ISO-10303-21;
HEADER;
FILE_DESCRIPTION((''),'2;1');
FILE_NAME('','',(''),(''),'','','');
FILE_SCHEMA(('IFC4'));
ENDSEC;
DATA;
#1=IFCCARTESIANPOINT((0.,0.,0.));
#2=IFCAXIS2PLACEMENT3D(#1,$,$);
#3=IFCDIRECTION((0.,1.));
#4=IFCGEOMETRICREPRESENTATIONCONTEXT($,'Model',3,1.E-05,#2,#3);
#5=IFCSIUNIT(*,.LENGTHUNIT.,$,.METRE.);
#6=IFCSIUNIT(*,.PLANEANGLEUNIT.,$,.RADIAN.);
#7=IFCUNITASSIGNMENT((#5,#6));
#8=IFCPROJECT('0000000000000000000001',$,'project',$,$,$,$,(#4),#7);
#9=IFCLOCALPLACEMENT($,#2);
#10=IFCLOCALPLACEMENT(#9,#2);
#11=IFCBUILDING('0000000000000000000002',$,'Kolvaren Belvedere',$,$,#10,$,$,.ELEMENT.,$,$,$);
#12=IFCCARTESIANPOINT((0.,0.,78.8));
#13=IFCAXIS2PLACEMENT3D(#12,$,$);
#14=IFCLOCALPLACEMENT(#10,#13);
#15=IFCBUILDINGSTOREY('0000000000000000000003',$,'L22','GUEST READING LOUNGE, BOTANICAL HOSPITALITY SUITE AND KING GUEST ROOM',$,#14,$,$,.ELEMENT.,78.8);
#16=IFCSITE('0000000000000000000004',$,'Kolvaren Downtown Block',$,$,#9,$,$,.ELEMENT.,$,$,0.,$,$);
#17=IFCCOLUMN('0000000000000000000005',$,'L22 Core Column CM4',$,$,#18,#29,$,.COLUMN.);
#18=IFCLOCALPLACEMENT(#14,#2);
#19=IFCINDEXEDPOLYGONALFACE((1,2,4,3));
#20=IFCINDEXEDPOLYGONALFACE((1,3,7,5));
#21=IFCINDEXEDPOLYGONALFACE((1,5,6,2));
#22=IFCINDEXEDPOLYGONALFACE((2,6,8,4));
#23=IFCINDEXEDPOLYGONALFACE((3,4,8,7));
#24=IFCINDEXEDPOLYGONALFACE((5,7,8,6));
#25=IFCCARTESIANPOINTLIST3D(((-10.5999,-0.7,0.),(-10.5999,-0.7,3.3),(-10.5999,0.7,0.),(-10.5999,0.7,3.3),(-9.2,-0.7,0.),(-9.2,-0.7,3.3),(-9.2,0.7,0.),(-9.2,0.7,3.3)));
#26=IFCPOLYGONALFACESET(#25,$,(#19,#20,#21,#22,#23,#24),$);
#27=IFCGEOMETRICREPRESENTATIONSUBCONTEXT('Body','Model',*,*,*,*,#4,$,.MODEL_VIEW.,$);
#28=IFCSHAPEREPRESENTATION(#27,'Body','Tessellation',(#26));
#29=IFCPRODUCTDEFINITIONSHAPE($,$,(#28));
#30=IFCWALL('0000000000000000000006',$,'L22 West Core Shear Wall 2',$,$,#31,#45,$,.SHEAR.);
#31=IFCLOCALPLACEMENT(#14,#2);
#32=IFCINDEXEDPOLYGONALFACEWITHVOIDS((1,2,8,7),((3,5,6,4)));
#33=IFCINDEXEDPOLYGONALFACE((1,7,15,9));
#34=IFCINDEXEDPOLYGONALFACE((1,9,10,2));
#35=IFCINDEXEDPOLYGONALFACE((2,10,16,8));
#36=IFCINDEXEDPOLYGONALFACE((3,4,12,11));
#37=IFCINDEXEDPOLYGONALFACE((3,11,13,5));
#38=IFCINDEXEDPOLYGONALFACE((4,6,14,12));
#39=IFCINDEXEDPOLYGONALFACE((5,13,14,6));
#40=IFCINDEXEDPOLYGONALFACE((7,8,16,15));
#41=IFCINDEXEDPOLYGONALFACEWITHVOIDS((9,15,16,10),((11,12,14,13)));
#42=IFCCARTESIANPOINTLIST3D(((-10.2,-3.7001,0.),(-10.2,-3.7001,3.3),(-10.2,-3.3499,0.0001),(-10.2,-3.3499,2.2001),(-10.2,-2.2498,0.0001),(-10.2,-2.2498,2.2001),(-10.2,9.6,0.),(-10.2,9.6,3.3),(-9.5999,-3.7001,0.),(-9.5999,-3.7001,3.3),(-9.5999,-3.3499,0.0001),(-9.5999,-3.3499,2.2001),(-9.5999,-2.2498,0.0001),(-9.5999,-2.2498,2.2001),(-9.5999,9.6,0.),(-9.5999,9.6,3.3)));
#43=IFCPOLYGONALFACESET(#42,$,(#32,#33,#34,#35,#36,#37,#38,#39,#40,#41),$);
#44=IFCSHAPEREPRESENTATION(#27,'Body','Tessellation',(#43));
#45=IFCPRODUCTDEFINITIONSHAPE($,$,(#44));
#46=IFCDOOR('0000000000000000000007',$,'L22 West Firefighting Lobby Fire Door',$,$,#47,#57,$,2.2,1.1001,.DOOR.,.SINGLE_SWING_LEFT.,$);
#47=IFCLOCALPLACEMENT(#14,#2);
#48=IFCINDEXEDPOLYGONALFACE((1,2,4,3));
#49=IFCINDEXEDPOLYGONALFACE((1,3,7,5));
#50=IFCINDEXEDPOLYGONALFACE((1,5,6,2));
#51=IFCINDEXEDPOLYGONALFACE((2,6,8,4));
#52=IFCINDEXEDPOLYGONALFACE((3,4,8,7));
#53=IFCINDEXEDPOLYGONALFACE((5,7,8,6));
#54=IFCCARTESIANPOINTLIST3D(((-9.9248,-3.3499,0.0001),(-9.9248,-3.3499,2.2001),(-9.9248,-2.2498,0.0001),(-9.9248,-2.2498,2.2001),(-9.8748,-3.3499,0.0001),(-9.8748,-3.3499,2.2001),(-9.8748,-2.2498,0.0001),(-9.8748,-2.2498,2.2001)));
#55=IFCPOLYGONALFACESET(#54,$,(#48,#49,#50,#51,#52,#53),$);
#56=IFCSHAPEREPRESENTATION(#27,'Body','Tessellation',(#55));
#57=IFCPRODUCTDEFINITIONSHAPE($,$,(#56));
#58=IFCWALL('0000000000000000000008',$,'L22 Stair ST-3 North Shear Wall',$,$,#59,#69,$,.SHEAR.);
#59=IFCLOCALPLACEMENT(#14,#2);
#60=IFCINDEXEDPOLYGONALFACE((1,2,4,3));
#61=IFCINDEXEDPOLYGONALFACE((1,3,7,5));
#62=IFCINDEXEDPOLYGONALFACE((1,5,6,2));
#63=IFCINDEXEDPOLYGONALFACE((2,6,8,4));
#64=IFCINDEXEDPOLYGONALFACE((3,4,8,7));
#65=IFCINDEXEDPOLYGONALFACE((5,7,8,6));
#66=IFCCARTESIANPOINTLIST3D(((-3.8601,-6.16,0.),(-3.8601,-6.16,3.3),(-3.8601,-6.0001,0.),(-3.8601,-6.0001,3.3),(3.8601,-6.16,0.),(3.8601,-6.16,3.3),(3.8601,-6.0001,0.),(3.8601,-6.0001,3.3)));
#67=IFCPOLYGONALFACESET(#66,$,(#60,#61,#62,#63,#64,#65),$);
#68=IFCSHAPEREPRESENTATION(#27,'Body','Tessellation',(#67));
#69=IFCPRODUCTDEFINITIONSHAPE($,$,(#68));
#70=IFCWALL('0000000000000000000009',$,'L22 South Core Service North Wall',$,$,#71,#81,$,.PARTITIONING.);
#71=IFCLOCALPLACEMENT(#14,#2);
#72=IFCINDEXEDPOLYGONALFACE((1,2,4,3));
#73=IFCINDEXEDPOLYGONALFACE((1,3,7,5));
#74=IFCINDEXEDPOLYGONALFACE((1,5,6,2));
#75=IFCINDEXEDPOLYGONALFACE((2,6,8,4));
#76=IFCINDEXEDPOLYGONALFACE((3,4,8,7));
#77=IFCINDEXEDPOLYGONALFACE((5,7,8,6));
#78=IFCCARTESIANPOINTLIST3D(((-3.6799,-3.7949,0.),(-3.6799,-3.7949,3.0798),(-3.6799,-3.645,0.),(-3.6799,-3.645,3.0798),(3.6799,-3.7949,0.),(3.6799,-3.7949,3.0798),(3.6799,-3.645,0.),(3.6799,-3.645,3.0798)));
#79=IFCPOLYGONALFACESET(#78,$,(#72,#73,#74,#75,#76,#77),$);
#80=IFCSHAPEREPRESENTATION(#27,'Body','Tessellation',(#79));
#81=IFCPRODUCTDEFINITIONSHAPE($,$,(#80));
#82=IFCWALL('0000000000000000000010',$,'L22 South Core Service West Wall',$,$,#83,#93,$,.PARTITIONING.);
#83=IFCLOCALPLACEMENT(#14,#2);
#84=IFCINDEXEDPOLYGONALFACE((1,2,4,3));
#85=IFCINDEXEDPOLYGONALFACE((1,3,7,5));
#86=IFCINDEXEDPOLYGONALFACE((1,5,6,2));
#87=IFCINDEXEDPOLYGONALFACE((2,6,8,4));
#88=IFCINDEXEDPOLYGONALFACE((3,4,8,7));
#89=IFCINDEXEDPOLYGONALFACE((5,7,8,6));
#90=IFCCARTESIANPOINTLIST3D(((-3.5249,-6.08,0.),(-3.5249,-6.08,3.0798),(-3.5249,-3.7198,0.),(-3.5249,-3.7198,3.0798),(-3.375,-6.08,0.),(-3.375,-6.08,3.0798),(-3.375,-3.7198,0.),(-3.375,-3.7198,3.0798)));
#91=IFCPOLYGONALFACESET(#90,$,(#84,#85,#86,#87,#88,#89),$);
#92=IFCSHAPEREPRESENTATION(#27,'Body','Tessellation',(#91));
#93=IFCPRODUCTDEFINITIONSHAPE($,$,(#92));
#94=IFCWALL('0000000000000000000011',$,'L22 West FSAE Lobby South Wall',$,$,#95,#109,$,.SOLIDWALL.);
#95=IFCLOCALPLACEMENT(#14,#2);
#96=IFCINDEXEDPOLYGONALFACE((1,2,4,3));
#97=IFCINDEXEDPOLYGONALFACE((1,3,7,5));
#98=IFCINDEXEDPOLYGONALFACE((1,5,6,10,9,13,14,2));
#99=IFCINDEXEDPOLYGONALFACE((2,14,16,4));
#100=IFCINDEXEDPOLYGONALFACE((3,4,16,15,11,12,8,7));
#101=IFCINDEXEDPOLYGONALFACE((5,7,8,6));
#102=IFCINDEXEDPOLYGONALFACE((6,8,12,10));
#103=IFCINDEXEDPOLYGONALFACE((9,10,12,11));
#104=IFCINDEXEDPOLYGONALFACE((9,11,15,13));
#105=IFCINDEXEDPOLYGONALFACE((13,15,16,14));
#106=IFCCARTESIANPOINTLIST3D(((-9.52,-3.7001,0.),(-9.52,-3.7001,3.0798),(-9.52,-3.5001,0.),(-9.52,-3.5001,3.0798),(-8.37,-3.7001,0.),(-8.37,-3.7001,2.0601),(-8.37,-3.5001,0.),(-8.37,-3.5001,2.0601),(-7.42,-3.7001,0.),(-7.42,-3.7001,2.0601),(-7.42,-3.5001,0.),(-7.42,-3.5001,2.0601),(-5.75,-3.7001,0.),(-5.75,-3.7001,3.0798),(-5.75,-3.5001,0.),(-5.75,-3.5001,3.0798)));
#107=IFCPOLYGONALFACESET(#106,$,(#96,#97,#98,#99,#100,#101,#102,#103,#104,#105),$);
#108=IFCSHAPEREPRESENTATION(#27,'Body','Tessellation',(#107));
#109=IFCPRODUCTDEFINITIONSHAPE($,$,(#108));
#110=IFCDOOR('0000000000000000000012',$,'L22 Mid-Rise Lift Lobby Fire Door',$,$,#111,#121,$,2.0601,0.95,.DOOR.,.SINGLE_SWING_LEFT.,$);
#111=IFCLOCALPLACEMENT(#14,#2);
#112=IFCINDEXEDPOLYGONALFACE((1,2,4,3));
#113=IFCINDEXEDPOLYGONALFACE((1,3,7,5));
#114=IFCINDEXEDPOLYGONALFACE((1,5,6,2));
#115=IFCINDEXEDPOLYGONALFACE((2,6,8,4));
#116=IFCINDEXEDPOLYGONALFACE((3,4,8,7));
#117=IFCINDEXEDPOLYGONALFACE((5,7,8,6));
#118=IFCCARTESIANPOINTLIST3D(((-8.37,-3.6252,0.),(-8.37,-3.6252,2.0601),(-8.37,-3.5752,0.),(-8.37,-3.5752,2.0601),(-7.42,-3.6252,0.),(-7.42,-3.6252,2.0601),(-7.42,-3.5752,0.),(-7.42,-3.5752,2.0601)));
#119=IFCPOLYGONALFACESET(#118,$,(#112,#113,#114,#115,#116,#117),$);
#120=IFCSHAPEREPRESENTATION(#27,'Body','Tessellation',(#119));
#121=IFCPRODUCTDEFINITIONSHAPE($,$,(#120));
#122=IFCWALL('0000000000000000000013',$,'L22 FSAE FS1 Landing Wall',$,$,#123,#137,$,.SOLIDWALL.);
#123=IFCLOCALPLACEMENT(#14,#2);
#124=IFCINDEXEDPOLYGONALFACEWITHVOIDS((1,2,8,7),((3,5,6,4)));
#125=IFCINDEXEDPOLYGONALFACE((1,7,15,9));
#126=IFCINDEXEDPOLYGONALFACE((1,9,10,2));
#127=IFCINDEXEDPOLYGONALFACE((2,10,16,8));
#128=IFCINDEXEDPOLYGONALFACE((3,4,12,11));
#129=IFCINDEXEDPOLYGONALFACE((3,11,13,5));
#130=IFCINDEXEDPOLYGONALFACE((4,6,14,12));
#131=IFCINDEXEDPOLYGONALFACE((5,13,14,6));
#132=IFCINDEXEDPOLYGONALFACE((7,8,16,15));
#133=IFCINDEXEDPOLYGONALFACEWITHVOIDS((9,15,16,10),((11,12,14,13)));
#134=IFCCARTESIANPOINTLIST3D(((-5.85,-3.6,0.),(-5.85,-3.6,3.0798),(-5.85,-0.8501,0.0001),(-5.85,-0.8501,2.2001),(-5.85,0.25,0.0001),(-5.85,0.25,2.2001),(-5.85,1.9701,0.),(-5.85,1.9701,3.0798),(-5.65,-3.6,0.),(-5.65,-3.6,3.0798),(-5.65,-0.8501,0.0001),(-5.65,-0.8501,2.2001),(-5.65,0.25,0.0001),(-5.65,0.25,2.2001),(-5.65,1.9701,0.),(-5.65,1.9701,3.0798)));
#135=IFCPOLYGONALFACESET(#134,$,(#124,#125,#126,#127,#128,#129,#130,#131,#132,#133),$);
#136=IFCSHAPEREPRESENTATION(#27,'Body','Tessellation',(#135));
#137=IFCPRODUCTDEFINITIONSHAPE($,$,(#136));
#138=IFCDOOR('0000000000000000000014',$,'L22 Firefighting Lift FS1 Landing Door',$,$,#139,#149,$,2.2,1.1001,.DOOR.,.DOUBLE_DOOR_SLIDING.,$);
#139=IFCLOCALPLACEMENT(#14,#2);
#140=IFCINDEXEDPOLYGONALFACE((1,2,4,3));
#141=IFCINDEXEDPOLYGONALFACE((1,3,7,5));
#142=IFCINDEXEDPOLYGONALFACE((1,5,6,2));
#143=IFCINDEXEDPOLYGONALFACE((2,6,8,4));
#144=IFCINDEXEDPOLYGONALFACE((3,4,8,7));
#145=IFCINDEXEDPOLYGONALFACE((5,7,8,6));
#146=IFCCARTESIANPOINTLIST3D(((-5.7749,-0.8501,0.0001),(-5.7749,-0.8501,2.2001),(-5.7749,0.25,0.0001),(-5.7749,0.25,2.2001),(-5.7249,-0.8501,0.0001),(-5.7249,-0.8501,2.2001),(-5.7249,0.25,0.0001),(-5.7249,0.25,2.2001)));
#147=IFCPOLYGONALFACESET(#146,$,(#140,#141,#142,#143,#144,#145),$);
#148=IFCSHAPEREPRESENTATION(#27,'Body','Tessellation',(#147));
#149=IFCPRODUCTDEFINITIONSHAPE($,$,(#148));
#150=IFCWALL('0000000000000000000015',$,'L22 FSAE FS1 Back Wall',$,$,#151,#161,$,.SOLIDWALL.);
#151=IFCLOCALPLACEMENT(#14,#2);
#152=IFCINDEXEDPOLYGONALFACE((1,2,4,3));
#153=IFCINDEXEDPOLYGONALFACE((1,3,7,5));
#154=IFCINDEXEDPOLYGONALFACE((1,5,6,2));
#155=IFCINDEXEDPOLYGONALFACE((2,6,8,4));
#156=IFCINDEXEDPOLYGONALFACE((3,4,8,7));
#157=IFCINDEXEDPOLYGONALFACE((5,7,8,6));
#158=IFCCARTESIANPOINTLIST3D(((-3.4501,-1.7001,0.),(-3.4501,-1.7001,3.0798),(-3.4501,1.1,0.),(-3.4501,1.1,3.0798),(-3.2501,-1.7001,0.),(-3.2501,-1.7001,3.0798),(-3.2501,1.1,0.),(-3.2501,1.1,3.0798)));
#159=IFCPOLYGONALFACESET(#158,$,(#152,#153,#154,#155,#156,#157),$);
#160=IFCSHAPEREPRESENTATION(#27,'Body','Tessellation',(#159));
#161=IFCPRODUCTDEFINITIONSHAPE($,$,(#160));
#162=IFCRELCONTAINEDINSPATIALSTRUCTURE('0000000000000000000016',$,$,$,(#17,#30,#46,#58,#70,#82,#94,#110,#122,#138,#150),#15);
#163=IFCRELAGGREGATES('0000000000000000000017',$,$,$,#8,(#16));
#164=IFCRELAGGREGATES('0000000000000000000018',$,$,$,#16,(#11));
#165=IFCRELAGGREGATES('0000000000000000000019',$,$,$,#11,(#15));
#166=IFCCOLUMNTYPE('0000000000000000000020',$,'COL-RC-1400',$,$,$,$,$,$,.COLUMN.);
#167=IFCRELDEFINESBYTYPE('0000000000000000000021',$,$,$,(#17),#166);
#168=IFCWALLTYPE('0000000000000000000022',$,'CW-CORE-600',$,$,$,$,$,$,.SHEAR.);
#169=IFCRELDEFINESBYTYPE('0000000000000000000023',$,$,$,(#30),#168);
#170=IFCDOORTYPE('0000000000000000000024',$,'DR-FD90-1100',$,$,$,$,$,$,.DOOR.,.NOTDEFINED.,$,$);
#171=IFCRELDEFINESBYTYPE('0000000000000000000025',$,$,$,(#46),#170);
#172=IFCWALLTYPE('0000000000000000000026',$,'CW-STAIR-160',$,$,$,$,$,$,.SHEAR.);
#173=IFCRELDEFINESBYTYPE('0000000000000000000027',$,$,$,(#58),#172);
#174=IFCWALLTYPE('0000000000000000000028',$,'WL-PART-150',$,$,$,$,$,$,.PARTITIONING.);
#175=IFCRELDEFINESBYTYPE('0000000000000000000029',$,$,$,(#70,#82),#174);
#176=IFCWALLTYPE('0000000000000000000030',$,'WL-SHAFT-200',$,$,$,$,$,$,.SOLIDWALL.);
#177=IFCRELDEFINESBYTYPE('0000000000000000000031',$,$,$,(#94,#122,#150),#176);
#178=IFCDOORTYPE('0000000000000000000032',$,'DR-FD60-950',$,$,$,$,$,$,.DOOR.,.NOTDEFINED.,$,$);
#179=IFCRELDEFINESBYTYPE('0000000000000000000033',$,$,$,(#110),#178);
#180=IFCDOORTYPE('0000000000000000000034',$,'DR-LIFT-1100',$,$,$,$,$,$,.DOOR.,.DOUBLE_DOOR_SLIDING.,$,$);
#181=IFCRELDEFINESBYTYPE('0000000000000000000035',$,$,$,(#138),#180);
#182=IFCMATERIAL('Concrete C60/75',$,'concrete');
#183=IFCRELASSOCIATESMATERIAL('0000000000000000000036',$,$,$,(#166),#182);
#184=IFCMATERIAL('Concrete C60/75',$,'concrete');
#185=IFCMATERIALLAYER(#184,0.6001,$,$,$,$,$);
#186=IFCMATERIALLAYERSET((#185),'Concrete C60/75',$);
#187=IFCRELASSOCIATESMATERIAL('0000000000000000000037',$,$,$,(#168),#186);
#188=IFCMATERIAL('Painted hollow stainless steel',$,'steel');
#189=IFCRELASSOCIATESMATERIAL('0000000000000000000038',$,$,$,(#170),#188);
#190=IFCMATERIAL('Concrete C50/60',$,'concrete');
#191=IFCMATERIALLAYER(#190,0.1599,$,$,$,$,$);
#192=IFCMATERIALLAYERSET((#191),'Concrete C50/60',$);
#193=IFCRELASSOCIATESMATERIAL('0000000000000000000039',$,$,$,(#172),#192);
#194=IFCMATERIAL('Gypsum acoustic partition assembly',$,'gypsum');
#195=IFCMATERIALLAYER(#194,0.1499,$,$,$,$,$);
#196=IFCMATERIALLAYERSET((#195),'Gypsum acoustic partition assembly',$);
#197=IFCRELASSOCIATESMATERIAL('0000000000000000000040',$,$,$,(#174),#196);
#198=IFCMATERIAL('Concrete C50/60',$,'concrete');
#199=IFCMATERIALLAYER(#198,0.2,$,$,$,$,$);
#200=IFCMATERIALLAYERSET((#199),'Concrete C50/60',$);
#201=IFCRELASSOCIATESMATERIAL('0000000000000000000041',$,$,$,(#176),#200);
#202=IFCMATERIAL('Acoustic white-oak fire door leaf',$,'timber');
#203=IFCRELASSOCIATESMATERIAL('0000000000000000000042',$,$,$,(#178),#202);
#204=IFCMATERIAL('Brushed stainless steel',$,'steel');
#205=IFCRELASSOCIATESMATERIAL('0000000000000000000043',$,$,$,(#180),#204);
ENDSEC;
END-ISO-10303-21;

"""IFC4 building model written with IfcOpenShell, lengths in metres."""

from ifc_helpers import new_model, si_unit, direction, frame, frame_2d, origin, origin_2d, place, context, subcontext, project, spatial, rectangle, extrude, material, layer, layer_set, material_profile, profile_set, type_object, element, fill, save


model = new_model("IFC4")

# Units and contexts
model_context = context("Model", 3, precision=1e-05, world=origin(), true_north=direction((0.0, 1.0)))
body_context = subcontext(model_context, "Body", "Model", "MODEL_VIEW")
ifc_project = project(units=[si_unit("LENGTHUNIT", "METRE"), si_unit("PLANEANGLEUNIT", "RADIAN")], contexts=[model_context])

# Site, building, storey
site_placement = place(None, origin())
site = spatial("IfcSite", under=ifc_project, at=site_placement, Name="Kolvaren Downtown Block", CompositionType="ELEMENT", RefElevation=0.0)
building_placement = place(site_placement, origin())
building = spatial("IfcBuilding", under=site, at=building_placement, Name="Kolvaren Belvedere", CompositionType="ELEMENT")
storey_placement = place(building_placement, frame((0.0, 0.0, 78.8)))
storey = spatial("IfcBuildingStorey", under=building, at=storey_placement, Name="L22", Description="GUEST READING LOUNGE, BOTANICAL HOSPITALITY SUITE AND KING GUEST ROOM", CompositionType="ELEMENT", Elevation=78.8)

# Column
ifc_material_1 = material(Name="Concrete C60/75", Category="concrete")
ifc_material_profile = material_profile(ifc_material_1, rectangle(XDim=1.3999, YDim=1.3999, at=origin_2d()), Name="RC 1400X1400")
ifc_profile_set = profile_set([ifc_material_profile], Name="Concrete C60/75")
column_type = type_object("IfcColumnType", Name="COL-RC-1400", PredefinedType="COLUMN", material=ifc_profile_set)
column_placement = place(storey_placement, frame((-9.8999, 0.0, 0.0), z_axis=(0.0, 0.0, 1.0), x_axis=(1.0, 0.0, 0.0)))
element("IfcColumn", 1, at=column_placement, inside=storey, type_object=column_type, Name="L22 Core Column CM4", PredefinedType="COLUMN", context=body_context, shape_type="SweptSolid", body=[
    extrude(rectangle(XDim=1.3999, YDim=1.3999, at=origin_2d()), origin(), (0.0, 0.0, 1.0), 3.3),
])

# Wall, opening, door
ifc_material_2 = material(Name="Concrete C60/75", Category="concrete")
ifc_layer_1 = layer(ifc_material_2, 0.6001)
ifc_layer_set_1 = layer_set([ifc_layer_1], Name="Concrete C60/75")
wall_type_1 = type_object("IfcWallType", Name="CW-CORE-600", PredefinedType="SHEAR", material=ifc_layer_set_1)
wall_1_placement = place(storey_placement, frame((-9.8999, -3.7, 0.0), z_axis=(0.0, 0.0, 1.0), x_axis=(0.0, 1.0, 0.0)))
wall_1 = element("IfcWall", 2, at=wall_1_placement, inside=storey, type_object=wall_type_1, Name="L22 West Core Shear Wall 2", PredefinedType="SHEAR", context=body_context, shape_type="SweptSolid", body=[
    extrude(rectangle(XDim=13.3, YDim=0.6001, at=frame_2d((6.6499, 0.0))), origin(), (0.0, 0.0, 1.0), 3.3),
])
opening_1_placement = place(wall_1_placement, frame((0.3501, 0.0, 0.0)))
opening_1 = element("IfcOpeningElement", 3, at=opening_1_placement, cuts=wall_1, PredefinedType="OPENING", context=body_context, shape_type="SweptSolid", body=[
    extrude(rectangle(XDim=1.1001, YDim=2.2, at=frame_2d((0.55, 1.1001))), frame((0.0, 0.3101, 0.0), z_axis=(0.0, -1.0, 0.0), x_axis=(1.0, 0.0, 0.0)), (0.0, 0.0, 1.0), 0.6201),
])
ifc_material_3 = material(Name="Painted hollow stainless steel", Category="steel")
door_type_1 = type_object("IfcDoorType", Name="DR-FD90-1100", OperationType="NOTDEFINED", PredefinedType="DOOR", material=ifc_material_3)
door_1_placement = place(opening_1_placement, origin())
door_1 = element("IfcDoor", 4, at=door_1_placement, inside=storey, type_object=door_type_1, Name="L22 West Firefighting Lobby Fire Door", OperationType="SINGLE_SWING_LEFT", OverallHeight=2.2, OverallWidth=1.1001, PredefinedType="DOOR", context=body_context, shape_type="SweptSolid", body=[
    extrude(rectangle(XDim=1.1001, YDim=2.2, at=frame_2d((0.55, 1.1001))), frame((0.0, 0.0249, 0.0), z_axis=(0.0, -1.0, 0.0), x_axis=(1.0, 0.0, 0.0)), (0.0, 0.0, 1.0), 0.05),
])
fill(opening_1, door_1)

# Walls
ifc_material_4 = material(Name="Concrete C50/60", Category="concrete")
ifc_layer_2 = layer(ifc_material_4, 0.1599)
ifc_layer_set_2 = layer_set([ifc_layer_2], Name="Concrete C50/60")
wall_type_2 = type_object("IfcWallType", Name="CW-STAIR-160", PredefinedType="SHEAR", material=ifc_layer_set_2)
wall_2_placement = place(storey_placement, frame((-3.8601, -6.0801, 0.0), z_axis=(0.0, 0.0, 1.0), x_axis=(1.0, 0.0, 0.0)))
element("IfcWall", 5, at=wall_2_placement, inside=storey, type_object=wall_type_2, Name="L22 Stair ST-3 North Shear Wall", PredefinedType="SHEAR", context=body_context, shape_type="SweptSolid", body=[
    extrude(rectangle(XDim=7.7202, YDim=0.1599, at=frame_2d((3.8601, 0.0))), origin(), (0.0, 0.0, 1.0), 3.3),
])
ifc_material_5 = material(Name="Gypsum acoustic partition assembly", Category="gypsum")
ifc_layer_3 = layer(ifc_material_5, 0.1499)
ifc_layer_set_3 = layer_set([ifc_layer_3], Name="Gypsum acoustic partition assembly")
wall_type_3 = type_object("IfcWallType", Name="WL-PART-150", PredefinedType="PARTITIONING", material=ifc_layer_set_3)
wall_3_placement = place(storey_placement, frame((-3.6799, -3.72, 0.0), z_axis=(0.0, 0.0, 1.0), x_axis=(1.0, 0.0, 0.0)))
element("IfcWall", 6, at=wall_3_placement, inside=storey, type_object=wall_type_3, Name="L22 South Core Service North Wall", PredefinedType="PARTITIONING", context=body_context, shape_type="SweptSolid", body=[
    extrude(rectangle(XDim=7.3599, YDim=0.1499, at=frame_2d((3.6799, 0.0))), origin(), (0.0, 0.0, 1.0), 3.0798),
])
wall_4_placement = place(storey_placement, frame((-3.45, -6.0801, 0.0), z_axis=(0.0, 0.0, 1.0), x_axis=(0.0, 1.0, 0.0)))
element("IfcWall", 7, at=wall_4_placement, inside=storey, type_object=wall_type_3, Name="L22 South Core Service West Wall", PredefinedType="PARTITIONING", context=body_context, shape_type="SweptSolid", body=[
    extrude(rectangle(XDim=2.3601, YDim=0.1499, at=frame_2d((1.1802, 0.0))), origin(), (0.0, 0.0, 1.0), 3.0798),
])

# Walls, openings, doors
ifc_material_6 = material(Name="Concrete C50/60", Category="concrete")
ifc_layer_4 = layer(ifc_material_6, 0.2)
ifc_layer_set_4 = layer_set([ifc_layer_4], Name="Concrete C50/60")
wall_type_4 = type_object("IfcWallType", Name="WL-SHAFT-200", PredefinedType="SOLIDWALL", material=ifc_layer_set_4)
wall_5_placement = place(storey_placement, frame((-9.52, -3.6001, 0.0), z_axis=(0.0, 0.0, 1.0), x_axis=(1.0, 0.0, 0.0)))
wall_5 = element("IfcWall", 8, at=wall_5_placement, inside=storey, type_object=wall_type_4, Name="L22 West FSAE Lobby South Wall", PredefinedType="SOLIDWALL", context=body_context, shape_type="SweptSolid", body=[
    extrude(rectangle(XDim=3.77, YDim=0.2, at=frame_2d((1.885, 0.0))), origin(), (0.0, 0.0, 1.0), 3.0798),
])
opening_2_placement = place(wall_5_placement, frame((1.1499, 0.0, 0.0)))
opening_2 = element("IfcOpeningElement", 9, at=opening_2_placement, cuts=wall_5, PredefinedType="OPENING", context=body_context, shape_type="SweptSolid", body=[
    extrude(rectangle(XDim=0.95, YDim=2.0601, at=frame_2d((0.4751, 1.03))), frame((0.0, 0.1099, 0.0), z_axis=(0.0, -1.0, 0.0), x_axis=(1.0, 0.0, 0.0)), (0.0, 0.0, 1.0), 0.22),
])
ifc_material_7 = material(Name="Acoustic white-oak fire door leaf", Category="timber")
door_type_2 = type_object("IfcDoorType", Name="DR-FD60-950", OperationType="NOTDEFINED", PredefinedType="DOOR", material=ifc_material_7)
door_2_placement = place(opening_2_placement, origin())
door_2 = element("IfcDoor", 10, at=door_2_placement, inside=storey, type_object=door_type_2, Name="L22 Mid-Rise Lift Lobby Fire Door", OperationType="SINGLE_SWING_LEFT", OverallHeight=2.0601, OverallWidth=0.95, PredefinedType="DOOR", context=body_context, shape_type="SweptSolid", body=[
    extrude(rectangle(XDim=0.95, YDim=2.0601, at=frame_2d((0.4751, 1.03))), frame((0.0, 0.0249, 0.0), z_axis=(0.0, -1.0, 0.0), x_axis=(1.0, 0.0, 0.0)), (0.0, 0.0, 1.0), 0.05),
])
fill(opening_2, door_2)
wall_6_placement = place(storey_placement, frame((-5.75, -3.6001, 0.0), z_axis=(0.0, 0.0, 1.0), x_axis=(0.0, 1.0, 0.0)))
wall_6 = element("IfcWall", 11, at=wall_6_placement, inside=storey, type_object=wall_type_4, Name="L22 FSAE FS1 Landing Wall", PredefinedType="SOLIDWALL", context=body_context, shape_type="SweptSolid", body=[
    extrude(rectangle(XDim=5.5701, YDim=0.2, at=frame_2d((2.7852, 0.0))), origin(), (0.0, 0.0, 1.0), 3.0798),
])
opening_3_placement = place(wall_6_placement, frame((2.75, 0.0, 0.0)))
opening_3 = element("IfcOpeningElement", 12, at=opening_3_placement, cuts=wall_6, PredefinedType="OPENING", context=body_context, shape_type="SweptSolid", body=[
    extrude(rectangle(XDim=1.1001, YDim=2.2, at=frame_2d((0.55, 1.1001))), frame((0.0, 0.1099, 0.0), z_axis=(0.0, -1.0, 0.0), x_axis=(1.0, 0.0, 0.0)), (0.0, 0.0, 1.0), 0.22),
])
ifc_material_8 = material(Name="Brushed stainless steel", Category="steel")
door_type_3 = type_object("IfcDoorType", Name="DR-LIFT-1100", OperationType="DOUBLE_DOOR_SLIDING", PredefinedType="DOOR", material=ifc_material_8)
door_3_placement = place(opening_3_placement, origin())
door_3 = element("IfcDoor", 13, at=door_3_placement, inside=storey, type_object=door_type_3, Name="L22 Firefighting Lift FS1 Landing Door", OperationType="DOUBLE_DOOR_SLIDING", OverallHeight=2.2, OverallWidth=1.1001, PredefinedType="DOOR", context=body_context, shape_type="SweptSolid", body=[
    extrude(rectangle(XDim=1.1001, YDim=2.2, at=frame_2d((0.55, 1.1001))), frame((0.0, 0.0249, 0.0), z_axis=(0.0, -1.0, 0.0), x_axis=(1.0, 0.0, 0.0)), (0.0, 0.0, 1.0), 0.05),
])
fill(opening_3, door_3)

# Wall
wall_7_placement = place(storey_placement, frame((-3.3501, -1.7, 0.0), z_axis=(0.0, 0.0, 1.0), x_axis=(0.0, 1.0, 0.0)))
element("IfcWall", 14, at=wall_7_placement, inside=storey, type_object=wall_type_4, Name="L22 FSAE FS1 Back Wall", PredefinedType="SOLIDWALL", context=body_context, shape_type="SweptSolid", body=[
    extrude(rectangle(XDim=2.8, YDim=0.2, at=frame_2d((1.3999, 0.0))), origin(), (0.0, 0.0, 1.0), 3.0798),
])

save(model, "model.ifc")
